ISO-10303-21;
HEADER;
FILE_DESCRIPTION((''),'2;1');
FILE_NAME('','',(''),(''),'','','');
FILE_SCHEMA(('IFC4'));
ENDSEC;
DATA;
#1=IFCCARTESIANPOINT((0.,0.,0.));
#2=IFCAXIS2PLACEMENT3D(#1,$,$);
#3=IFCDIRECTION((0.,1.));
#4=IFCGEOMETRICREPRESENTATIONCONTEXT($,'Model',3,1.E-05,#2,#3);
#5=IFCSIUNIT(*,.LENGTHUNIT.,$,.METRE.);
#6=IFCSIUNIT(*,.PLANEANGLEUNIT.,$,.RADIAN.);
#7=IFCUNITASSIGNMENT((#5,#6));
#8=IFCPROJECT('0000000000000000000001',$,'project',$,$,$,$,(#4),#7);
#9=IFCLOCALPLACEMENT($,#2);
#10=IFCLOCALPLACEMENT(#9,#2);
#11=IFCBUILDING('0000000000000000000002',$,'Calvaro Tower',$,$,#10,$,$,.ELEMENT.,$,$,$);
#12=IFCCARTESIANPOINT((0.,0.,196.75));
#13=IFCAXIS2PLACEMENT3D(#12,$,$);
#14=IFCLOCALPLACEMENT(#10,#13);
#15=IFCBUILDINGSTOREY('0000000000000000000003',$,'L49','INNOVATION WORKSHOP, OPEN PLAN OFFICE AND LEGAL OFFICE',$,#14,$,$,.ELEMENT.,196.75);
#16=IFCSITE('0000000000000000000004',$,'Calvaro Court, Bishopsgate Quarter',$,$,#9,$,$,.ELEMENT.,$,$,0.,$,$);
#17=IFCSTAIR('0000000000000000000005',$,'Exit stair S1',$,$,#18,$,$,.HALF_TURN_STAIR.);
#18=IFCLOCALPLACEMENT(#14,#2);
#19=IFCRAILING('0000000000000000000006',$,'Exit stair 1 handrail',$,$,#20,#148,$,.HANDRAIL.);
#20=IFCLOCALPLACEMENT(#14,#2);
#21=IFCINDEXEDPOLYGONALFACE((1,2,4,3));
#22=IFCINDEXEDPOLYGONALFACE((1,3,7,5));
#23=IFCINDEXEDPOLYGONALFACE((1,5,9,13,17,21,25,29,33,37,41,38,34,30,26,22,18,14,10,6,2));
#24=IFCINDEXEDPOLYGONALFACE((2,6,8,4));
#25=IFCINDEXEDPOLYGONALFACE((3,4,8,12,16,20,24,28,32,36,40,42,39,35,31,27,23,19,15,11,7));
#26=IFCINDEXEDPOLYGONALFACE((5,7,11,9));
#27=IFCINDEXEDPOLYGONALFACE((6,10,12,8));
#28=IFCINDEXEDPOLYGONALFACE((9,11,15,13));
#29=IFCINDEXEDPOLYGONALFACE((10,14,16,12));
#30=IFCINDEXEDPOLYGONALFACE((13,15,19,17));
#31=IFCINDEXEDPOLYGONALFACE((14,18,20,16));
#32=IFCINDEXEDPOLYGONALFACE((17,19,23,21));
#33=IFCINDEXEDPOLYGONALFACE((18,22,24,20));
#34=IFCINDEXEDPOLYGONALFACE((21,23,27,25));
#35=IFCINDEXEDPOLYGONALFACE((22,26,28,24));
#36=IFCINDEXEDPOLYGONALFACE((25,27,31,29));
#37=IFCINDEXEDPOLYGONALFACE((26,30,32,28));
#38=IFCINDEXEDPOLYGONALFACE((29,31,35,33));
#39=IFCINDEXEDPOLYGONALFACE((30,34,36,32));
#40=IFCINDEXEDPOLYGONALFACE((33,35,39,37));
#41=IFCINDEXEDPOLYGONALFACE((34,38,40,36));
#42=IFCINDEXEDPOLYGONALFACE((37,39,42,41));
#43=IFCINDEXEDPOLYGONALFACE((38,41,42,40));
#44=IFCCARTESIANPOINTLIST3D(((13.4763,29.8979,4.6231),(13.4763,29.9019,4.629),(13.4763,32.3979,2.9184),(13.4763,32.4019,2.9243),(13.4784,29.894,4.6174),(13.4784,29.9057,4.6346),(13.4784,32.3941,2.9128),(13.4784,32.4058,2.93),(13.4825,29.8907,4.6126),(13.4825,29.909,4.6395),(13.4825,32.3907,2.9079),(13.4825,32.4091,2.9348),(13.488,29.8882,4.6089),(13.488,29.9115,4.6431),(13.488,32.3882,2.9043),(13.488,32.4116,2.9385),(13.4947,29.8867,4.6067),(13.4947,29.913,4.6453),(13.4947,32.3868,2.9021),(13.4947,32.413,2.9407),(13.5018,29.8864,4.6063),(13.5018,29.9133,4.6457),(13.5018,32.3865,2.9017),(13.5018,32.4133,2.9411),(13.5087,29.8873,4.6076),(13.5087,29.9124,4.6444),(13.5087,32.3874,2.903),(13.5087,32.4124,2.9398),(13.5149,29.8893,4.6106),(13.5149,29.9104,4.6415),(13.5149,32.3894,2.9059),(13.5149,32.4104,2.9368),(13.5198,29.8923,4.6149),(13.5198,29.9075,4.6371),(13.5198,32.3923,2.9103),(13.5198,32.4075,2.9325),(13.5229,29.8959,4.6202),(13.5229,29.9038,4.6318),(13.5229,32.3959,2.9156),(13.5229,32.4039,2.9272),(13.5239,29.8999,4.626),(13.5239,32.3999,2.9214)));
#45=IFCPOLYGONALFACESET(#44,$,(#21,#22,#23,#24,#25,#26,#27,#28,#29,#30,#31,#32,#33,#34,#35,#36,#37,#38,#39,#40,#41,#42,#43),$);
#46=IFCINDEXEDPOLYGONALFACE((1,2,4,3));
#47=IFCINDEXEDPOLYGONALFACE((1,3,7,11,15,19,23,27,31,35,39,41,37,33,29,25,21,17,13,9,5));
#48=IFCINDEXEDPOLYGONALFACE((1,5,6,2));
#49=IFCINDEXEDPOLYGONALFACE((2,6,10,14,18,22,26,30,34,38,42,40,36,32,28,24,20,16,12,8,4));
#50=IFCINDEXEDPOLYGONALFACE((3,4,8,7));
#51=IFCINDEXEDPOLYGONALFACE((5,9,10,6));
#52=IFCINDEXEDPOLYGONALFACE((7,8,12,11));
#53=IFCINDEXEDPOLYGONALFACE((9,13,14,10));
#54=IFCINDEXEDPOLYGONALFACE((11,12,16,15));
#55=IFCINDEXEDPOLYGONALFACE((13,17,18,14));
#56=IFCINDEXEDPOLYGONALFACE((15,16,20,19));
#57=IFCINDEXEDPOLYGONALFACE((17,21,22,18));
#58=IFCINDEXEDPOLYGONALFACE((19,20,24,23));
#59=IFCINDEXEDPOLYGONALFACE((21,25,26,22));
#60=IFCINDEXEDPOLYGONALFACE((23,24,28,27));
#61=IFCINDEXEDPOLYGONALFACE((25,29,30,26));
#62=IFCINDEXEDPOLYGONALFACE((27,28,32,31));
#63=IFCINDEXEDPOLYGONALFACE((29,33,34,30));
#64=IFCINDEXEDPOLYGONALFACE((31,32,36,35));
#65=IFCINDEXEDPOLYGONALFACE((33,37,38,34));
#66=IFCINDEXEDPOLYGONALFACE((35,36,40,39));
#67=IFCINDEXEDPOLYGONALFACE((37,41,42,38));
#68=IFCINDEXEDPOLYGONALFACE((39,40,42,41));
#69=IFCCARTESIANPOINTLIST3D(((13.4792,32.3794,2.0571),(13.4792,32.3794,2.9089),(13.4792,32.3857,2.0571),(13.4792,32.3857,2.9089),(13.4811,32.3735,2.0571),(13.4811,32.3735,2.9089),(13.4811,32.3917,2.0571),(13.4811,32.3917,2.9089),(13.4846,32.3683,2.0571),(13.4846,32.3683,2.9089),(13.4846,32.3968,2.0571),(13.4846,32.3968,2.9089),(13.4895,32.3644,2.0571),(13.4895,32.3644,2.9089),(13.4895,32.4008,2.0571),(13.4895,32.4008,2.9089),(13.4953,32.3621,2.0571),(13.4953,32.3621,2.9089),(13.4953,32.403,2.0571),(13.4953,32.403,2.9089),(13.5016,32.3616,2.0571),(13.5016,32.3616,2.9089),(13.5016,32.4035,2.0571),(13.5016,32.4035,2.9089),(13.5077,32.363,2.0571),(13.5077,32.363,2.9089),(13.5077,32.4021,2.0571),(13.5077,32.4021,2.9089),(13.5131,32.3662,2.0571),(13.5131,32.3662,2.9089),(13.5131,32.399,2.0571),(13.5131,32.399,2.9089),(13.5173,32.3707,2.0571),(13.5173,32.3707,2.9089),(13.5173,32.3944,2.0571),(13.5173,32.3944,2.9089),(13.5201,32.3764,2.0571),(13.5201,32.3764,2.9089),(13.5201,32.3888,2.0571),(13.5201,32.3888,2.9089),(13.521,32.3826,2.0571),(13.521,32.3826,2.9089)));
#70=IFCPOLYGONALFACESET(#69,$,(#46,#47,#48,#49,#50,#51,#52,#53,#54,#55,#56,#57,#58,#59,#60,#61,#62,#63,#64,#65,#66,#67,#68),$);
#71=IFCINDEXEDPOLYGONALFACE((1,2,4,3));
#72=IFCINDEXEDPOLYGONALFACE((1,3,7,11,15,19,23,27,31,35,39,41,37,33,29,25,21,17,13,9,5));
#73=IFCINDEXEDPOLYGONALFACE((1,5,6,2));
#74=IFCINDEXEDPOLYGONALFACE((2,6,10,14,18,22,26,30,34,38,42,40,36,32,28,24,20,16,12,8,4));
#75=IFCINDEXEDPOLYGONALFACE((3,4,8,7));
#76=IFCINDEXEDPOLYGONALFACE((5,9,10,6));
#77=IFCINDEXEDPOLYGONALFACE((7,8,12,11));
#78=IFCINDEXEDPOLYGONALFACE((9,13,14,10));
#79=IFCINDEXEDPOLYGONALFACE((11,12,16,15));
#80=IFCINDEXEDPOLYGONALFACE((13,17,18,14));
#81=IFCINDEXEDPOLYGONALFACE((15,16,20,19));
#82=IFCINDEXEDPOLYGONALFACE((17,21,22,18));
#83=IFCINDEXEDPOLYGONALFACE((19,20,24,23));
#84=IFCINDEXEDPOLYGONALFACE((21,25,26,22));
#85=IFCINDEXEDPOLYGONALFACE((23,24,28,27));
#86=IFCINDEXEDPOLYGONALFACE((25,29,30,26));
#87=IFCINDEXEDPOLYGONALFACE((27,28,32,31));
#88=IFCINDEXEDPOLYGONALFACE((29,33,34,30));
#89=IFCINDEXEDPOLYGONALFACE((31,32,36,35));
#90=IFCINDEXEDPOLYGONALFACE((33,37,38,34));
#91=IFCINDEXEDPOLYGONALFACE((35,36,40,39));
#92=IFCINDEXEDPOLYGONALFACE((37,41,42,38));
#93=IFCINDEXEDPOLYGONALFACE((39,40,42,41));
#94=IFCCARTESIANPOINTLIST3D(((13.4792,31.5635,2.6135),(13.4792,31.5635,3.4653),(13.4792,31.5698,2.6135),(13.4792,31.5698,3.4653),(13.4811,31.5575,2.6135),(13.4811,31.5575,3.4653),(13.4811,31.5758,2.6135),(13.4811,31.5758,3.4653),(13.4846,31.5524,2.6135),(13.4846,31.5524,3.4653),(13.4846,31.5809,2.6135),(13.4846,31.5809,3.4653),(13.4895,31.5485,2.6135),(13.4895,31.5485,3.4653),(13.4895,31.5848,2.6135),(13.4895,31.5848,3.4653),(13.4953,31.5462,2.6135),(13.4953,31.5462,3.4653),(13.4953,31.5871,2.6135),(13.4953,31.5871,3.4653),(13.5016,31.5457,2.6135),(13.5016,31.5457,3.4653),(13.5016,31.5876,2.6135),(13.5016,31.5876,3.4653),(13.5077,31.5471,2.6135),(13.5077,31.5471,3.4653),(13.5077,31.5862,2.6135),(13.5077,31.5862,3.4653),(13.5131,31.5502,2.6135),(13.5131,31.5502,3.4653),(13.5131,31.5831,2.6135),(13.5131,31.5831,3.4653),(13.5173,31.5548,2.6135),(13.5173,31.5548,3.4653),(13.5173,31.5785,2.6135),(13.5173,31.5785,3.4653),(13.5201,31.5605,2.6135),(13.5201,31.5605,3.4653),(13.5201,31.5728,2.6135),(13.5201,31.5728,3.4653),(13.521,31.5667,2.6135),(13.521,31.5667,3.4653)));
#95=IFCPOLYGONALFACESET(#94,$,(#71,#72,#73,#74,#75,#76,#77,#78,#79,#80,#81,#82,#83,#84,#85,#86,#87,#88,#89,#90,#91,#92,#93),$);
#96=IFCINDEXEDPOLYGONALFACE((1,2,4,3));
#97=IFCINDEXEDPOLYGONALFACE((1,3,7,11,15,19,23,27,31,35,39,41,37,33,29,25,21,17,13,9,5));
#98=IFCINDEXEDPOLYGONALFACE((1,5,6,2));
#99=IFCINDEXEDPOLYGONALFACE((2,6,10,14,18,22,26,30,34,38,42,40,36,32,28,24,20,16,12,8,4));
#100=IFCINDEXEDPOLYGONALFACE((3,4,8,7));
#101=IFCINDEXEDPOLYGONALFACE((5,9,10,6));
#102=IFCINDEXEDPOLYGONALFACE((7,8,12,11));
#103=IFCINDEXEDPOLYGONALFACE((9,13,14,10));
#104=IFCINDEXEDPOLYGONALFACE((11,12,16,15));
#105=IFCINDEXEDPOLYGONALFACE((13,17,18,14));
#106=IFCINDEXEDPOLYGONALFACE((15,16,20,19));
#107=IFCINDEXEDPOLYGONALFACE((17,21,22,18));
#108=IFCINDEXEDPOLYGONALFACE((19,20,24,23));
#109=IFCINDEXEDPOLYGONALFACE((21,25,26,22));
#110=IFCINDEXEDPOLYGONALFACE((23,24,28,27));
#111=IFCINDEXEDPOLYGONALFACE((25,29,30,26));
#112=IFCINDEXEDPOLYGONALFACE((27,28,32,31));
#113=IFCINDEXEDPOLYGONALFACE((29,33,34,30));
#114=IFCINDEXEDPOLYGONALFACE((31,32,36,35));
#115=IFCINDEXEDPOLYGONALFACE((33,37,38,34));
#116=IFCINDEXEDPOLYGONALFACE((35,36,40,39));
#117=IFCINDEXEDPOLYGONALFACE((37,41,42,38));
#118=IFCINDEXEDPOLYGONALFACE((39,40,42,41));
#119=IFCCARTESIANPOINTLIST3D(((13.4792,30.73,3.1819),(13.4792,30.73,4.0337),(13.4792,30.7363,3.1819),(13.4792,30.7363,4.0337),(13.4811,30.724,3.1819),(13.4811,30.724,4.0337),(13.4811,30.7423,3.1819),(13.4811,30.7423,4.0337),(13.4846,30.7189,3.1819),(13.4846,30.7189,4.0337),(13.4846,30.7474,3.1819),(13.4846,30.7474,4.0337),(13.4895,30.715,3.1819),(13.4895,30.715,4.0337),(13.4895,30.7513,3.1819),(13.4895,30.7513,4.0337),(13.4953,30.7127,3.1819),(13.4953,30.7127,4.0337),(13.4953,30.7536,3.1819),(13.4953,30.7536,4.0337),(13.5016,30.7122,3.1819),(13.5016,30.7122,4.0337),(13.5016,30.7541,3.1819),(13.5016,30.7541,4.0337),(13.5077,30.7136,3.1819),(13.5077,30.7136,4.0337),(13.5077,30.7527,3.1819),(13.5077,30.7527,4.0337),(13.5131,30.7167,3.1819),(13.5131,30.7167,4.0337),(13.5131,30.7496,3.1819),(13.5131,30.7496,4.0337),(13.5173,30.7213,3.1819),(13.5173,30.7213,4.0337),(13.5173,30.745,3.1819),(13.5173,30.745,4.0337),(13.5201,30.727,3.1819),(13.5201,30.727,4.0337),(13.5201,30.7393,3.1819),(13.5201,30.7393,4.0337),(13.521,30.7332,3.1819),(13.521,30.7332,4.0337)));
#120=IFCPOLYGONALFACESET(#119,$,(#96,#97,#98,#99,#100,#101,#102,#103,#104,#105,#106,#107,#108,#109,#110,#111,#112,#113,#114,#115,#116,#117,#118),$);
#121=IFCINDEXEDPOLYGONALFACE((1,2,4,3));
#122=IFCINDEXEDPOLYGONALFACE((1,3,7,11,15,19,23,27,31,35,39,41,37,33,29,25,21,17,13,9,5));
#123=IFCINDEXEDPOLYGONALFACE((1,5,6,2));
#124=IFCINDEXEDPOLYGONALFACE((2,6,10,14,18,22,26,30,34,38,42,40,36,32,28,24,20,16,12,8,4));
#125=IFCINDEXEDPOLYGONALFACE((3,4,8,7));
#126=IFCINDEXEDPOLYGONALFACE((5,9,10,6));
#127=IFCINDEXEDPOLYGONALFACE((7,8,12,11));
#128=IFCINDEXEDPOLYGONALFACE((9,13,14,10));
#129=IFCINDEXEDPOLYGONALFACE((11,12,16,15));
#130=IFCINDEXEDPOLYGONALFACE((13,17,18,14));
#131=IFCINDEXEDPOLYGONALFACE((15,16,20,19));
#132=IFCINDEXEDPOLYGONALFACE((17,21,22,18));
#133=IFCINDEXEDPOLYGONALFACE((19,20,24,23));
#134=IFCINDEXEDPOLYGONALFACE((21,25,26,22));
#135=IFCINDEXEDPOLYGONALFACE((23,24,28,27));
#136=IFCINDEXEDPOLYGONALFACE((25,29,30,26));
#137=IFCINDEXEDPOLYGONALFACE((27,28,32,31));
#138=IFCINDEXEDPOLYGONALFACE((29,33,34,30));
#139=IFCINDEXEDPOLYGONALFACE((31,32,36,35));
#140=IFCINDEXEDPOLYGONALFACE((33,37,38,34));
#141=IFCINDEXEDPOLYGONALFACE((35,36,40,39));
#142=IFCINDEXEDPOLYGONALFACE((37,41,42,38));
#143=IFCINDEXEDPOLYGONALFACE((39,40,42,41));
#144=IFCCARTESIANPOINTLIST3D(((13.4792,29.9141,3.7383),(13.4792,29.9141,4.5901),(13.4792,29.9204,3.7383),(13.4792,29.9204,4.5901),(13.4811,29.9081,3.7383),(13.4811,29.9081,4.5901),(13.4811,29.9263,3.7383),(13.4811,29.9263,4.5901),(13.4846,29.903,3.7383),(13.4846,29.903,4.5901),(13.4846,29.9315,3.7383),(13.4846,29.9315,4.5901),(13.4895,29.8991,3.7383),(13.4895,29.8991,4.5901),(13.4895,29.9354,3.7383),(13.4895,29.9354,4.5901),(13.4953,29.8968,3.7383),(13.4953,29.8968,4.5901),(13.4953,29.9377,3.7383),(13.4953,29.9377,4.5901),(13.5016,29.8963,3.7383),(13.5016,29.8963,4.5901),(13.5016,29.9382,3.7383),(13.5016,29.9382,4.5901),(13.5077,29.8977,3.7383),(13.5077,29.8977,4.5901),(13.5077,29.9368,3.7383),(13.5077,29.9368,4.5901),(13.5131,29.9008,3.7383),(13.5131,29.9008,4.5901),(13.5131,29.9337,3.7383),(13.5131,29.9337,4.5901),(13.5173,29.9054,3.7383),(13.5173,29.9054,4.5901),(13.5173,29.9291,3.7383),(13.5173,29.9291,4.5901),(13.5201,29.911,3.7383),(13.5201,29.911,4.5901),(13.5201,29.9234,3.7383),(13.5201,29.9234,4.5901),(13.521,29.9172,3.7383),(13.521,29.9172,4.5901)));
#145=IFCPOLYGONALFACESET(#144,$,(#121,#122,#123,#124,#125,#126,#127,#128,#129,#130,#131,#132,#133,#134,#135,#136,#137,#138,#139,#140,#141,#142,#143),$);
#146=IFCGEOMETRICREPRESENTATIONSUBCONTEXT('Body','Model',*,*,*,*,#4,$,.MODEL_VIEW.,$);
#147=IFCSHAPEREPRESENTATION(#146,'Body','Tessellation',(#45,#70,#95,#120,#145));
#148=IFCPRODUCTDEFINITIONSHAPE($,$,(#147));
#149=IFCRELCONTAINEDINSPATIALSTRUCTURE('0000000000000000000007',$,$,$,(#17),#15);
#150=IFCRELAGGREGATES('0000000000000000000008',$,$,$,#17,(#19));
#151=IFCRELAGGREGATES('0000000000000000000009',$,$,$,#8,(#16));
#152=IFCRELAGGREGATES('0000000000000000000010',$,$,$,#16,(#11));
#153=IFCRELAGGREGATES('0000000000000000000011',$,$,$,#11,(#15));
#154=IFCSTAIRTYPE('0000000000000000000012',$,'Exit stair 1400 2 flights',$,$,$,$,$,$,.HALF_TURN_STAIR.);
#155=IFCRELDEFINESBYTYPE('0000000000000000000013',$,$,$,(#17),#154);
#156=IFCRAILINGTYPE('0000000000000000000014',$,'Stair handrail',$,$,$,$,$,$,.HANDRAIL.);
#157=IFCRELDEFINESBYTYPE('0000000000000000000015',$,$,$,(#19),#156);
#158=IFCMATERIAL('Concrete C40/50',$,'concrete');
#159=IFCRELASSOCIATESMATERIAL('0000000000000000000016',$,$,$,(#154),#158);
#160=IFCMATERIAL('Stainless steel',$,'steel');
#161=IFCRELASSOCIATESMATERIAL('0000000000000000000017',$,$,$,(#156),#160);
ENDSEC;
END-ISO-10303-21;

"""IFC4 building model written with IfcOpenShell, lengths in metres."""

from ifc_helpers import new_model, si_unit, direction, frame, origin, origin_2d, place, context, subcontext, project, spatial, circle, extrude, material, type_object, element, aggregate, save


model = new_model("IFC4")

# Units and contexts
model_context = context("Model", 3, precision=1e-05, world=origin(), true_north=direction((0.0, 1.0)))
body_context = subcontext(model_context, "Body", "Model", "MODEL_VIEW")
ifc_project = project(units=[si_unit("LENGTHUNIT", "METRE"), si_unit("PLANEANGLEUNIT", "RADIAN")], contexts=[model_context])

# Site, building, storey
site_placement = place(None, origin())
site = spatial("IfcSite", under=ifc_project, at=site_placement, Name="Calvaro Court, Bishopsgate Quarter", CompositionType="ELEMENT", RefElevation=0.0)
building_placement = place(site_placement, origin())
building = spatial("IfcBuilding", under=site, at=building_placement, Name="Calvaro Tower", CompositionType="ELEMENT")
storey_placement = place(building_placement, frame((0.0, 0.0, 196.75)))
storey = spatial("IfcBuildingStorey", under=building, at=storey_placement, Name="L49", Description="INNOVATION WORKSHOP, OPEN PLAN OFFICE AND LEGAL OFFICE", CompositionType="ELEMENT", Elevation=196.75)

# Shared definitions
ifc_material_1 = material(Name="Concrete C40/50", Category="concrete")
stair_type = type_object("IfcStairType", Name="Exit stair 1400 2 flights", PredefinedType="HALF_TURN_STAIR", material=ifc_material_1)

# Stair, railing
stair_1_placement = place(storey_placement, origin())
stair_1 = element("IfcStair", 1, at=stair_1_placement, inside=storey, type_object=stair_type, Name="Exit stair S1", PredefinedType="HALF_TURN_STAIR")
ifc_material_2 = material(Name="Stainless steel", Category="steel")
railing_type = type_object("IfcRailingType", Name="Stair handrail", PredefinedType="HANDRAIL", material=ifc_material_2)
railing_1_placement = place(storey_placement, frame((13.5, 32.3999, 2.0454)))
railing_1 = element("IfcRailing", 2, at=railing_1_placement, type_object=railing_type, Name="Exit stair 1 handrail", PredefinedType="HANDRAIL", context=body_context, shape_type="SweptSolid", body=[
    extrude(circle(Radius=0.0239, at=origin_2d()), frame((0.0, 0.0, 0.876), z_axis=(0.0, -0.826221, 0.563347), x_axis=(1.0, 0.0, 0.0)), (0.0, 0.0, 1.0), 3.0259),
    extrude(circle(Radius=0.021, at=origin_2d()), frame((0.0, -0.0173, 0.0117)), (0.0, 0.0, 1.0), 0.8518),
    extrude(circle(Radius=0.021, at=origin_2d()), frame((0.0, -0.8333, 0.5681)), (0.0, 0.0, 1.0), 0.8518),
    extrude(circle(Radius=0.021, at=origin_2d()), frame((0.0, -1.6667, 1.1365)), (0.0, 0.0, 1.0), 0.8518),
    extrude(circle(Radius=0.021, at=origin_2d()), frame((0.0, -2.4827, 1.6929)), (0.0, 0.0, 1.0), 0.8518),
])
aggregate(stair_1, [railing_1])

save(model, "model.ifc")
